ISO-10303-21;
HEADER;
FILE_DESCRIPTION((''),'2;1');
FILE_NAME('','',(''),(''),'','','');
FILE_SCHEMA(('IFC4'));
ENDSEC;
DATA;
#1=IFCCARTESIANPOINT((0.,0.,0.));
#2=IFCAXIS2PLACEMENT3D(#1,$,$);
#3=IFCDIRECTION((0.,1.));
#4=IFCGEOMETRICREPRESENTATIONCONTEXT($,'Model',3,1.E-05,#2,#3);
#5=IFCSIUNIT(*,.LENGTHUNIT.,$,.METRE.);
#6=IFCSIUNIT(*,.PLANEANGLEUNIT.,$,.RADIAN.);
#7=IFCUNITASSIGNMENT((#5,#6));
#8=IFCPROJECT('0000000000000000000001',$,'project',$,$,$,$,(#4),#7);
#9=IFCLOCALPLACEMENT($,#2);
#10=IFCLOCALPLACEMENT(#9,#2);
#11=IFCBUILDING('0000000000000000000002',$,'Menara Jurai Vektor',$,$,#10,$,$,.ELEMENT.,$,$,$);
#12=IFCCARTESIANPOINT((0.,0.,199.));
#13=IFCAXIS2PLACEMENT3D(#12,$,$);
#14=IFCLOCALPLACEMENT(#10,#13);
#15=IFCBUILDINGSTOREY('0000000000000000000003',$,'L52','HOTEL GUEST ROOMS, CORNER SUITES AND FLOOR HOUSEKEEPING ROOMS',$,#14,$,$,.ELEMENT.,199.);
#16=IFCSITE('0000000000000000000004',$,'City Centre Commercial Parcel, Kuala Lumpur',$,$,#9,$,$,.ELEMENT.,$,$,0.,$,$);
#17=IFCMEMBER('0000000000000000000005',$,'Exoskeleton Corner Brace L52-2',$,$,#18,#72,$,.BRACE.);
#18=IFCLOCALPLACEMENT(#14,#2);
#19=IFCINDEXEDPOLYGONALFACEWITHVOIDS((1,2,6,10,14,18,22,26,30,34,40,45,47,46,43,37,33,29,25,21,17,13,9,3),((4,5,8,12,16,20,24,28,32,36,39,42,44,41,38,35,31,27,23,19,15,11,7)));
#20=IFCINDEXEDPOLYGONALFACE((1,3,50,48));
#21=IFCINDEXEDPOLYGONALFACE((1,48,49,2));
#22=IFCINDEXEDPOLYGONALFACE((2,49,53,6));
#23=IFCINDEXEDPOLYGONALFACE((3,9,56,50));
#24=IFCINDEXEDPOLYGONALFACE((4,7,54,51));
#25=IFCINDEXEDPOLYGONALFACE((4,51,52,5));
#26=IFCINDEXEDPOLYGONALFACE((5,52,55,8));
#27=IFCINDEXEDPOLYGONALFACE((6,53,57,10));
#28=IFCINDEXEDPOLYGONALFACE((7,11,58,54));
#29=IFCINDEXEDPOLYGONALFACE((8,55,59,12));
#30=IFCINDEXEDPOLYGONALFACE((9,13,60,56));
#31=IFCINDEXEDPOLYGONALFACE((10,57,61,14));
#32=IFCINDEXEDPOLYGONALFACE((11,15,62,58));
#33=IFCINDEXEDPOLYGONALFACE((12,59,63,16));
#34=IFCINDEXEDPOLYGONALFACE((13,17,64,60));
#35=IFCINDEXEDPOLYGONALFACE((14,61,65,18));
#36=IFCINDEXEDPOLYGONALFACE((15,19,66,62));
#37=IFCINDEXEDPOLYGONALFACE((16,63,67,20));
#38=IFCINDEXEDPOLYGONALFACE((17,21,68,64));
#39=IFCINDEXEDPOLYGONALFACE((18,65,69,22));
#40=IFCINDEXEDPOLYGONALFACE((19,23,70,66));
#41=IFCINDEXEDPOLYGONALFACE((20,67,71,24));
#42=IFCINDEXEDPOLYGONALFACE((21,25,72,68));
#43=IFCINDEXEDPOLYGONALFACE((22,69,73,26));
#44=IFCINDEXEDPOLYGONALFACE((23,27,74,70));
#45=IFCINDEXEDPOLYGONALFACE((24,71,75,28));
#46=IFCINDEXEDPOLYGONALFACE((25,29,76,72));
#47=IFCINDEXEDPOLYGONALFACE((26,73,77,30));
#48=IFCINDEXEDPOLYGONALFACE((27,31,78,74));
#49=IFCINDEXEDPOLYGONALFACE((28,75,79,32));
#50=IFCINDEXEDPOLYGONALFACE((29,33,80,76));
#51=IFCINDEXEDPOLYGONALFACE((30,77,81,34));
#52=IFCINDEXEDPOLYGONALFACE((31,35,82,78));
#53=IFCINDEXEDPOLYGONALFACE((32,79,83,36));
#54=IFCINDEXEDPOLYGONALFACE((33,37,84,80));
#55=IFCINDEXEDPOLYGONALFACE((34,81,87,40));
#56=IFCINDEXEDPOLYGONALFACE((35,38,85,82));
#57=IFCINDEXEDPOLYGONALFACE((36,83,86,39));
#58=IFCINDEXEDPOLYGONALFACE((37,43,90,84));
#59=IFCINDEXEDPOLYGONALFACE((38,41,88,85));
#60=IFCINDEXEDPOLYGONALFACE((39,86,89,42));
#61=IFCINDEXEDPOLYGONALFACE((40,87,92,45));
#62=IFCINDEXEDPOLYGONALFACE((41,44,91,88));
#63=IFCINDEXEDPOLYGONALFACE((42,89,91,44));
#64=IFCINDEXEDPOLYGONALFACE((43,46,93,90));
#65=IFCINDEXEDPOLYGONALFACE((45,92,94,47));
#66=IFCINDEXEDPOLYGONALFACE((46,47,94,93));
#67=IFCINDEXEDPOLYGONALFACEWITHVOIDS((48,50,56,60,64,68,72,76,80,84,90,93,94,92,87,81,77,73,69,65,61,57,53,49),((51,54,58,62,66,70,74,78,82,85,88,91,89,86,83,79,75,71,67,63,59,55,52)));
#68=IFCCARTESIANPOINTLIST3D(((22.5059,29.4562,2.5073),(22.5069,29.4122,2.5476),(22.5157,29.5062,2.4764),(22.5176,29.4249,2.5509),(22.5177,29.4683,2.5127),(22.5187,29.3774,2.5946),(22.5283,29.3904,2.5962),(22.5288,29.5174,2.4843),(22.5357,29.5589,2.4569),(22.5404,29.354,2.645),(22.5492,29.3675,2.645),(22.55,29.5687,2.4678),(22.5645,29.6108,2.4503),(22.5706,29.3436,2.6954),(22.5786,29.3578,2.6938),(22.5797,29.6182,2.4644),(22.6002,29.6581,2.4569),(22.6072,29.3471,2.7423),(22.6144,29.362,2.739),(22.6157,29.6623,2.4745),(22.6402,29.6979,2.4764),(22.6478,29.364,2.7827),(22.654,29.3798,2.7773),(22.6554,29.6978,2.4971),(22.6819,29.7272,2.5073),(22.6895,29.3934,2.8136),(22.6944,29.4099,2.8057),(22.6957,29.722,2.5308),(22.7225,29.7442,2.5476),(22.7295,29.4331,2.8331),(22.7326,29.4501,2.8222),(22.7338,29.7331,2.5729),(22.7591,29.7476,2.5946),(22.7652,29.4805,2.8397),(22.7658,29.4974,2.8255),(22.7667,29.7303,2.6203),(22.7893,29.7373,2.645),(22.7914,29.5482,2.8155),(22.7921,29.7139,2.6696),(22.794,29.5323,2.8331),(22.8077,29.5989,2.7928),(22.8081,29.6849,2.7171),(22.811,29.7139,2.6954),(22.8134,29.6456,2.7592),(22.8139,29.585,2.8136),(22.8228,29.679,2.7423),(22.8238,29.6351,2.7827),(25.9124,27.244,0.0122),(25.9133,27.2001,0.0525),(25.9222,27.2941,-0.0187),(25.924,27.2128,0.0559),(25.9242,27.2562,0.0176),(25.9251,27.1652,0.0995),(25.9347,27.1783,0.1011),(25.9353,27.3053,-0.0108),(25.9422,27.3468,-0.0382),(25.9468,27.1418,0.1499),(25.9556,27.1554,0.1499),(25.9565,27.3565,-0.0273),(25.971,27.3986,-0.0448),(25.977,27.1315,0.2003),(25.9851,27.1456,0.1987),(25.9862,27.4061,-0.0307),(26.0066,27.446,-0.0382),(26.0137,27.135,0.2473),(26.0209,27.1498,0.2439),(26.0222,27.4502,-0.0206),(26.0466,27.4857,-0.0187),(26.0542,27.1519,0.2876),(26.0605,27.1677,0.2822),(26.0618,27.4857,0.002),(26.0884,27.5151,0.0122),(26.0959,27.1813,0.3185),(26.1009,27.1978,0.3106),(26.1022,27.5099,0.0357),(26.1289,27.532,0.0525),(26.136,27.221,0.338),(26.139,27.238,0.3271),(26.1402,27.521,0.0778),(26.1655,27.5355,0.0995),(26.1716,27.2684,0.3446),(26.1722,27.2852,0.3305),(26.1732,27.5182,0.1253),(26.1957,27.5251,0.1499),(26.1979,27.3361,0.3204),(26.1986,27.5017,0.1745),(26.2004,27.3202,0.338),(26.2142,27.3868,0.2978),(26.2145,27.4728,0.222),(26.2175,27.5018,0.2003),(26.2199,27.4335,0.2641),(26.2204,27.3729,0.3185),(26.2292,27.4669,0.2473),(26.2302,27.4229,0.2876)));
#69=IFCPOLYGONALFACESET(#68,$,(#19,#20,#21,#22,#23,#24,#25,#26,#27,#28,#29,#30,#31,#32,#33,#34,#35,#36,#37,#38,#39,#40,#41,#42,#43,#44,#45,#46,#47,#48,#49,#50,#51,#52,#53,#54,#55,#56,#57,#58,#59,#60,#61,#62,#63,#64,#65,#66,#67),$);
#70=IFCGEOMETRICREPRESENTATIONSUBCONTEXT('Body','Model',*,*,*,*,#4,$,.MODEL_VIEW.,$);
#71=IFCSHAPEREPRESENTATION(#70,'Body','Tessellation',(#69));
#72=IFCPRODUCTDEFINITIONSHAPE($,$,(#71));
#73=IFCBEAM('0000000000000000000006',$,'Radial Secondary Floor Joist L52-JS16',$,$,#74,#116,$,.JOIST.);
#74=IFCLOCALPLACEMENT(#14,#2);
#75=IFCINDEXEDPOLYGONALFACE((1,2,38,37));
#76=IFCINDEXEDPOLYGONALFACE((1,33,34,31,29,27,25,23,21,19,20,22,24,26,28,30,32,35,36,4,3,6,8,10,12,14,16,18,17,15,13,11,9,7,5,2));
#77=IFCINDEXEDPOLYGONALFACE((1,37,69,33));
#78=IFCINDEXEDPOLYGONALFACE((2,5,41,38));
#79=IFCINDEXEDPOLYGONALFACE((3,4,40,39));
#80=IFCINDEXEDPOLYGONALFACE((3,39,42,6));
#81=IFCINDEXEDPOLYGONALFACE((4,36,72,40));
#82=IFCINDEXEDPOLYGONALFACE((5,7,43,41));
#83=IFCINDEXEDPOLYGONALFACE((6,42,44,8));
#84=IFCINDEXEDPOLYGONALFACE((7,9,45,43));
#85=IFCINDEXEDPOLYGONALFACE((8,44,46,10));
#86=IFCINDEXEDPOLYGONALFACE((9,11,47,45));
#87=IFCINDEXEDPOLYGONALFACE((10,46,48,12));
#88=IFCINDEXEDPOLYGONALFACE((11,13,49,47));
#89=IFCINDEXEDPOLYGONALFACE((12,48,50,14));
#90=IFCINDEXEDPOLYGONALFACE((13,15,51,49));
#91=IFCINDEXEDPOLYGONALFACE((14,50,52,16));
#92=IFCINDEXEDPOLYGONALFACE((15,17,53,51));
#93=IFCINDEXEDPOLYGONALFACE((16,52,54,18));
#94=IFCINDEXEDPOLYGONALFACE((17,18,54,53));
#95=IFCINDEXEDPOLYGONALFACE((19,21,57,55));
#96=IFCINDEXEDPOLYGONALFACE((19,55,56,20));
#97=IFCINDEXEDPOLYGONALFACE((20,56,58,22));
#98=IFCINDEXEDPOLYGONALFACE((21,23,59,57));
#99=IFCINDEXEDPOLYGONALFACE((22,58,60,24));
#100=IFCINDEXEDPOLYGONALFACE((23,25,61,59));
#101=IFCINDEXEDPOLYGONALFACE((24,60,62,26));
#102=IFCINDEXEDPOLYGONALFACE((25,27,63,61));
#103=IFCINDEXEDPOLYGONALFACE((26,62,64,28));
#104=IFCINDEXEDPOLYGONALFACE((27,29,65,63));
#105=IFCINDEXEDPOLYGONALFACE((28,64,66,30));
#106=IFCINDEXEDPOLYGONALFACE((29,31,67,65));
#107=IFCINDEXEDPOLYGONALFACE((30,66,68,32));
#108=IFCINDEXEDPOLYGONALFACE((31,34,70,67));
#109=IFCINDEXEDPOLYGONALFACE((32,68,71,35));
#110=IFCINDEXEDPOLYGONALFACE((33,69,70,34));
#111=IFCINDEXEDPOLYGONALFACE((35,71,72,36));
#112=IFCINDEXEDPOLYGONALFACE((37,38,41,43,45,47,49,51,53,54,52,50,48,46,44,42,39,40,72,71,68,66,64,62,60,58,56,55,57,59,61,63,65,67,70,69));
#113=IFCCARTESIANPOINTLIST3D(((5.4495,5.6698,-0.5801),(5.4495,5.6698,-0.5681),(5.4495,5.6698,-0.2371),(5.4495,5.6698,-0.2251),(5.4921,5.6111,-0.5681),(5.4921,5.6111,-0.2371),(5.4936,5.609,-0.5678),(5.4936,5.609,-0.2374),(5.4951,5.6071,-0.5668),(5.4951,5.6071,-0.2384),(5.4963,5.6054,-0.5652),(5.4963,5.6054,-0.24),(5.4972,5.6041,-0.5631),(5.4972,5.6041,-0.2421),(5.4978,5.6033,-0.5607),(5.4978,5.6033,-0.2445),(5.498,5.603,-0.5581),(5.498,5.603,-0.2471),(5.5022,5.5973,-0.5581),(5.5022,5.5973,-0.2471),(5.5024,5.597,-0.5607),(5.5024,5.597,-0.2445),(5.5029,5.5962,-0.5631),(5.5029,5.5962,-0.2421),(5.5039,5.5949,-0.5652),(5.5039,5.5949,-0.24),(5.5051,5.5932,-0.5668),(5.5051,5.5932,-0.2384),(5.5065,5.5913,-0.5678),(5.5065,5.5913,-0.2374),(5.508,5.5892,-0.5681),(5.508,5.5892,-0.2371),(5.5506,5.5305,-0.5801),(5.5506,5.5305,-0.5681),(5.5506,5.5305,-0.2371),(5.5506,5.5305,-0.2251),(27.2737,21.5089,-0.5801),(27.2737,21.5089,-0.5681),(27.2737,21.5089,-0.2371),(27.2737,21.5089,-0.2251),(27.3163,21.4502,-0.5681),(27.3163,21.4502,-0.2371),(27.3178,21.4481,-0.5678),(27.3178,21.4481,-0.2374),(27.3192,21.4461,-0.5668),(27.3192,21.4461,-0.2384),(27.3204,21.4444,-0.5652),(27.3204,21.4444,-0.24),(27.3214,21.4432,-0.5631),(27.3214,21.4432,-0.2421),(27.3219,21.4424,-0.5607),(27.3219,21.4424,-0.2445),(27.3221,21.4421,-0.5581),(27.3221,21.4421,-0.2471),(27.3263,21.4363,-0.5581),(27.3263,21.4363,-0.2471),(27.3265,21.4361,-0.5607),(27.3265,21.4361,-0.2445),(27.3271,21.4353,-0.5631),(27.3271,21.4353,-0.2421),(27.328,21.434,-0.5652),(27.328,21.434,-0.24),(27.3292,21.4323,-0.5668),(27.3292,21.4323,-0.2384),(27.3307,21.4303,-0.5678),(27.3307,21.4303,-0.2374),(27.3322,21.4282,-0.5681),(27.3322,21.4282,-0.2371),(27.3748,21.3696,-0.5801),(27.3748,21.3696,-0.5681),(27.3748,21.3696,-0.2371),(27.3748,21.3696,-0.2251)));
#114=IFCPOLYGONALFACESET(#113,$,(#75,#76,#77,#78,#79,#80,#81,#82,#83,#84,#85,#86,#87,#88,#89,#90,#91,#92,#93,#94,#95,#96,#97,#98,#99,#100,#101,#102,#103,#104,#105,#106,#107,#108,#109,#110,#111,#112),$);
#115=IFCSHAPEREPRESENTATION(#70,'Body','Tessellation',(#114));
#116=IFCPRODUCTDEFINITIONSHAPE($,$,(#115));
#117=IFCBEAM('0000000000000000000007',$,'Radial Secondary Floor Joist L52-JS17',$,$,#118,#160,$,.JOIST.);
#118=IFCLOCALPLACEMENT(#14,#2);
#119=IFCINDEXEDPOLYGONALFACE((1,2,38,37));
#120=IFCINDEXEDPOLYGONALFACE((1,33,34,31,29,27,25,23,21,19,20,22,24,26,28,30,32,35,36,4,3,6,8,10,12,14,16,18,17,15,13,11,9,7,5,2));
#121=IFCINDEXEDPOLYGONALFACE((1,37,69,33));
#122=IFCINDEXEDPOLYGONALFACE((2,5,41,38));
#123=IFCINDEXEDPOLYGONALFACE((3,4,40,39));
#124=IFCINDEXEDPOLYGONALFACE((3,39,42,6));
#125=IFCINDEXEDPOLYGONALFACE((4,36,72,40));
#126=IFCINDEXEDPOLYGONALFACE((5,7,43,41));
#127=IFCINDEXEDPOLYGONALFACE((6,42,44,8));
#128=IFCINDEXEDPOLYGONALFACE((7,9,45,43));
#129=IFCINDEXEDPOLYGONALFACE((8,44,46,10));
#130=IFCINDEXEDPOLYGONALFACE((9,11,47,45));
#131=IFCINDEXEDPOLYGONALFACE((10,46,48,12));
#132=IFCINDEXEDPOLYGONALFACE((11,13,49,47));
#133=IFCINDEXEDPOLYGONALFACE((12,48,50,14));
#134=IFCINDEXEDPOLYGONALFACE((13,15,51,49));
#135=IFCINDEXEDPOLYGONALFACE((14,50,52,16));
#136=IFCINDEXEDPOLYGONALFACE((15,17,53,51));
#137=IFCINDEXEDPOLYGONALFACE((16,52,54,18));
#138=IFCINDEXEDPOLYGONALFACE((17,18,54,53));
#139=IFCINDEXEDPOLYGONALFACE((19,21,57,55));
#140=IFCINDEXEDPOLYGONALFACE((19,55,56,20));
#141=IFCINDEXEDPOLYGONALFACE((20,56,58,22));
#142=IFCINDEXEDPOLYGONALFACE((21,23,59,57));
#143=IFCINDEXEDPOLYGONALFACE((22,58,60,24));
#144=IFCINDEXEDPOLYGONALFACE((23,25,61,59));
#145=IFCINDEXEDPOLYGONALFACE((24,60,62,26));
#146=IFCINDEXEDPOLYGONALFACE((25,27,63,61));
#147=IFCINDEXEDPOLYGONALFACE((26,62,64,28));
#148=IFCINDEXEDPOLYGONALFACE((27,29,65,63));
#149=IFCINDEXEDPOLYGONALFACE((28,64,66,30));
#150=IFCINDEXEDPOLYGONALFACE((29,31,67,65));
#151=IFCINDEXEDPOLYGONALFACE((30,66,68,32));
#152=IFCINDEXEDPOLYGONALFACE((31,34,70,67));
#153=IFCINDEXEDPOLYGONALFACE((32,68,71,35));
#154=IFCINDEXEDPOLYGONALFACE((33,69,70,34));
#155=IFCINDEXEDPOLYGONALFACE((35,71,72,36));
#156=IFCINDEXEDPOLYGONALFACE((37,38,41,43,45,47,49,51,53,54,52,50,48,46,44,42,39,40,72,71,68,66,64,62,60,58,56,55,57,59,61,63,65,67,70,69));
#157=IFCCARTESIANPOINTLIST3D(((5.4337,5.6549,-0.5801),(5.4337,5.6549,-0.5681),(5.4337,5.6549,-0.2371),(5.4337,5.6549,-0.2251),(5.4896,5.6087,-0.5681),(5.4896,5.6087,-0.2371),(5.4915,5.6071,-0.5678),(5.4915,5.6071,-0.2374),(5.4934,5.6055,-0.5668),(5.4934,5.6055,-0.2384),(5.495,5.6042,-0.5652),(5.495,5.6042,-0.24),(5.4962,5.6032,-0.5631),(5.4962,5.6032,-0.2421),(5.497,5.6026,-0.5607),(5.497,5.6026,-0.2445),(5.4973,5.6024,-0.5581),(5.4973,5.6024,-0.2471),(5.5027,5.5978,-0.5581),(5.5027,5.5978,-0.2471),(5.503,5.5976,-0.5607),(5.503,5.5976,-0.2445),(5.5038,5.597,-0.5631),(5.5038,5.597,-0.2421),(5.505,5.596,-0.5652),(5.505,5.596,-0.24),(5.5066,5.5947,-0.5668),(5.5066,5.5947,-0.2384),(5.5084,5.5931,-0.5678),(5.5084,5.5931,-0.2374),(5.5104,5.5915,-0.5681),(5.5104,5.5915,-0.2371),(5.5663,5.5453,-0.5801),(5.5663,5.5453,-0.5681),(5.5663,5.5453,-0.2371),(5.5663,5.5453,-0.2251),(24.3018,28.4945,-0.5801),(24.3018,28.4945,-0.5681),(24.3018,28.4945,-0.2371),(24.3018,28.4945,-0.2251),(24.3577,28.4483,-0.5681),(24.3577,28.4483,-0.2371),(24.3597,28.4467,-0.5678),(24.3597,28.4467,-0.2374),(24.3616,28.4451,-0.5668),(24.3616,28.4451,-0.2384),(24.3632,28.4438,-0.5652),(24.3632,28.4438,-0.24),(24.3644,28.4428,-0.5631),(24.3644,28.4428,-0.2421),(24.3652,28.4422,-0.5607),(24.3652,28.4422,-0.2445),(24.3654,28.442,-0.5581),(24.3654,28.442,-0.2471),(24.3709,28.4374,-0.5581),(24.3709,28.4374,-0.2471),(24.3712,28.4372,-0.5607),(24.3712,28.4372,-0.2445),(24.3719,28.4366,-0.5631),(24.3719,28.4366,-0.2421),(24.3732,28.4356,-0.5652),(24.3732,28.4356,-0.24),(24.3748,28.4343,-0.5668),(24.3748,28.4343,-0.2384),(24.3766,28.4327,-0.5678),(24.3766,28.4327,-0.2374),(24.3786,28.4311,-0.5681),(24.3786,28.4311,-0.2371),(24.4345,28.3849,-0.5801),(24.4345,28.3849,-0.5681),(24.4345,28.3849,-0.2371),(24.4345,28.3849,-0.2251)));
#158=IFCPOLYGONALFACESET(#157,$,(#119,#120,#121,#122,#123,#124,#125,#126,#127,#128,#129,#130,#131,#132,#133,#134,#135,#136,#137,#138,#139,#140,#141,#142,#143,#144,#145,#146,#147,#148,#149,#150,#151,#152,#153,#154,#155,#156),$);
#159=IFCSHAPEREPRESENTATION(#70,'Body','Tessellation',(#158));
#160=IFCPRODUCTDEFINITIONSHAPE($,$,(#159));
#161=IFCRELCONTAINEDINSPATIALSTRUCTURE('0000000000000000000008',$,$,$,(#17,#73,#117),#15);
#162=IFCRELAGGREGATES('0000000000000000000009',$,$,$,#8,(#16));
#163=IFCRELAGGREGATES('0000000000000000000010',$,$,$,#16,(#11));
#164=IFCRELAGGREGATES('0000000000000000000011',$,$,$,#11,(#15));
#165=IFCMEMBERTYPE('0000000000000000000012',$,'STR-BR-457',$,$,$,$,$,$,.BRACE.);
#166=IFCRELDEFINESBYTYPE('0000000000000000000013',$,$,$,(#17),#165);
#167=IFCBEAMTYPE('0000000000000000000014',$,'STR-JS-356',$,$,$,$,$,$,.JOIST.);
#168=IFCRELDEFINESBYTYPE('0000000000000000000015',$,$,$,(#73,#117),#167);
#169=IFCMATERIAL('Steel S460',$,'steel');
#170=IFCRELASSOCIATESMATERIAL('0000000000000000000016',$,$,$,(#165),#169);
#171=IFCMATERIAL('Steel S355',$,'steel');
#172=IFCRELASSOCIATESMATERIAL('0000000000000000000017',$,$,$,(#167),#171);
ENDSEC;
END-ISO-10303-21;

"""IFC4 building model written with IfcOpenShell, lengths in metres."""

from ifc_helpers import new_model, si_unit, direction, frame, origin, origin_2d, place, context, subcontext, project, spatial, hollow_circle, i_section, extrude, material, material_profile, profile_set, type_object, element, save


model = new_model("IFC4")

# Units and contexts
model_context = context("Model", 3, precision=1e-05, world=origin(), true_north=direction((0.0, 1.0)))
body_context = subcontext(model_context, "Body", "Model", "MODEL_VIEW")
ifc_project = project(units=[si_unit("LENGTHUNIT", "METRE"), si_unit("PLANEANGLEUNIT", "RADIAN")], contexts=[model_context])

# Site, building, storey
site_placement = place(None, origin())
site = spatial("IfcSite", under=ifc_project, at=site_placement, Name="City Centre Commercial Parcel, Kuala Lumpur", CompositionType="ELEMENT", RefElevation=0.0)
building_placement = place(site_placement, origin())
building = spatial("IfcBuilding", under=site, at=building_placement, Name="Menara Jurai Vektor", CompositionType="ELEMENT")
storey_placement = place(building_placement, frame((0.0, 0.0, 199.0)))
storey = spatial("IfcBuildingStorey", under=building, at=storey_placement, Name="L52", Description="HOTEL GUEST ROOMS, CORNER SUITES AND FLOOR HOUSEKEEPING ROOMS", CompositionType="ELEMENT", Elevation=199.0)

# Shared definitions
ifc_material_1 = material(Name="Steel S460", Category="steel")

# Shared definitions
ifc_material_2 = material(Name="Steel S355", Category="steel")

# Member
ifc_material_profile_1 = material_profile(ifc_material_1, hollow_circle(Radius=0.2285, WallThickness=0.0161, at=origin_2d()), Name="CHS 457x16")
ifc_profile_set_1 = profile_set([ifc_material_profile_1], Name="Steel S460")
member_type_1 = type_object("IfcMemberType", Name="STR-BR-457", PredefinedType="BRACE", material=ifc_profile_set_1)
member_1_placement = place(storey_placement, frame((26.0713, 27.3335, 0.1499), z_axis=(-0.714612, 0.464065, 0.523424), x_axis=(-0.544631, -0.838676, 0.0)))
element("IfcMember", 1, at=member_1_placement, inside=storey, type_object=member_type_1, Name="Exoskeleton Corner Brace L52-2", PredefinedType="BRACE", context=body_context, shape_type="SweptSolid", body=[
    extrude(hollow_circle(Radius=0.2285, WallThickness=0.0161, at=origin_2d()), origin(), (0.0, 0.0, 1.0), 4.7668),
])

# Beams
ifc_material_profile_2 = material_profile(ifc_material_2, i_section(OverallWidth=0.1721, OverallDepth=0.355, WebThickness=0.0071, FlangeThickness=0.012, FilletRadius=0.01, at=origin_2d()), Name="UKB 356x171x51")
ifc_profile_set_2 = profile_set([ifc_material_profile_2], Name="Steel S355")
beam_type_1 = type_object("IfcBeamType", Name="STR-JS-356", PredefinedType="JOIST", material=ifc_profile_set_2)
beam_1_placement = place(storey_placement, frame((27.3242, 21.4392, -0.4026), z_axis=(-0.809319, -0.58737, 0.0), x_axis=(0.58737, -0.809319, 0.0)))
element("IfcBeam", 2, at=beam_1_placement, inside=storey, type_object=beam_type_1, Name="Radial Secondary Floor Joist L52-JS16", PredefinedType="JOIST", context=body_context, shape_type="SweptSolid", body=[
    extrude(i_section(OverallWidth=0.1721, OverallDepth=0.355, WebThickness=0.0071, FlangeThickness=0.012, FilletRadius=0.01, at=origin_2d()), origin(), (0.0, 0.0, 1.0), 26.9661),
])
beam_2_placement = place(storey_placement, frame((24.3682, 28.4397, -0.4026), z_axis=(-0.636895, -0.770951, 0.0), x_axis=(0.770951, -0.636895, 0.0)))
element("IfcBeam", 3, at=beam_2_placement, inside=storey, type_object=beam_type_1, Name="Radial Secondary Floor Joist L52-JS17", PredefinedType="JOIST", context=body_context, shape_type="SweptSolid", body=[
    extrude(i_section(OverallWidth=0.1721, OverallDepth=0.355, WebThickness=0.0071, FlangeThickness=0.012, FilletRadius=0.01, at=origin_2d()), origin(), (0.0, 0.0, 1.0), 29.6252),
])

save(model, "model.ifc")
